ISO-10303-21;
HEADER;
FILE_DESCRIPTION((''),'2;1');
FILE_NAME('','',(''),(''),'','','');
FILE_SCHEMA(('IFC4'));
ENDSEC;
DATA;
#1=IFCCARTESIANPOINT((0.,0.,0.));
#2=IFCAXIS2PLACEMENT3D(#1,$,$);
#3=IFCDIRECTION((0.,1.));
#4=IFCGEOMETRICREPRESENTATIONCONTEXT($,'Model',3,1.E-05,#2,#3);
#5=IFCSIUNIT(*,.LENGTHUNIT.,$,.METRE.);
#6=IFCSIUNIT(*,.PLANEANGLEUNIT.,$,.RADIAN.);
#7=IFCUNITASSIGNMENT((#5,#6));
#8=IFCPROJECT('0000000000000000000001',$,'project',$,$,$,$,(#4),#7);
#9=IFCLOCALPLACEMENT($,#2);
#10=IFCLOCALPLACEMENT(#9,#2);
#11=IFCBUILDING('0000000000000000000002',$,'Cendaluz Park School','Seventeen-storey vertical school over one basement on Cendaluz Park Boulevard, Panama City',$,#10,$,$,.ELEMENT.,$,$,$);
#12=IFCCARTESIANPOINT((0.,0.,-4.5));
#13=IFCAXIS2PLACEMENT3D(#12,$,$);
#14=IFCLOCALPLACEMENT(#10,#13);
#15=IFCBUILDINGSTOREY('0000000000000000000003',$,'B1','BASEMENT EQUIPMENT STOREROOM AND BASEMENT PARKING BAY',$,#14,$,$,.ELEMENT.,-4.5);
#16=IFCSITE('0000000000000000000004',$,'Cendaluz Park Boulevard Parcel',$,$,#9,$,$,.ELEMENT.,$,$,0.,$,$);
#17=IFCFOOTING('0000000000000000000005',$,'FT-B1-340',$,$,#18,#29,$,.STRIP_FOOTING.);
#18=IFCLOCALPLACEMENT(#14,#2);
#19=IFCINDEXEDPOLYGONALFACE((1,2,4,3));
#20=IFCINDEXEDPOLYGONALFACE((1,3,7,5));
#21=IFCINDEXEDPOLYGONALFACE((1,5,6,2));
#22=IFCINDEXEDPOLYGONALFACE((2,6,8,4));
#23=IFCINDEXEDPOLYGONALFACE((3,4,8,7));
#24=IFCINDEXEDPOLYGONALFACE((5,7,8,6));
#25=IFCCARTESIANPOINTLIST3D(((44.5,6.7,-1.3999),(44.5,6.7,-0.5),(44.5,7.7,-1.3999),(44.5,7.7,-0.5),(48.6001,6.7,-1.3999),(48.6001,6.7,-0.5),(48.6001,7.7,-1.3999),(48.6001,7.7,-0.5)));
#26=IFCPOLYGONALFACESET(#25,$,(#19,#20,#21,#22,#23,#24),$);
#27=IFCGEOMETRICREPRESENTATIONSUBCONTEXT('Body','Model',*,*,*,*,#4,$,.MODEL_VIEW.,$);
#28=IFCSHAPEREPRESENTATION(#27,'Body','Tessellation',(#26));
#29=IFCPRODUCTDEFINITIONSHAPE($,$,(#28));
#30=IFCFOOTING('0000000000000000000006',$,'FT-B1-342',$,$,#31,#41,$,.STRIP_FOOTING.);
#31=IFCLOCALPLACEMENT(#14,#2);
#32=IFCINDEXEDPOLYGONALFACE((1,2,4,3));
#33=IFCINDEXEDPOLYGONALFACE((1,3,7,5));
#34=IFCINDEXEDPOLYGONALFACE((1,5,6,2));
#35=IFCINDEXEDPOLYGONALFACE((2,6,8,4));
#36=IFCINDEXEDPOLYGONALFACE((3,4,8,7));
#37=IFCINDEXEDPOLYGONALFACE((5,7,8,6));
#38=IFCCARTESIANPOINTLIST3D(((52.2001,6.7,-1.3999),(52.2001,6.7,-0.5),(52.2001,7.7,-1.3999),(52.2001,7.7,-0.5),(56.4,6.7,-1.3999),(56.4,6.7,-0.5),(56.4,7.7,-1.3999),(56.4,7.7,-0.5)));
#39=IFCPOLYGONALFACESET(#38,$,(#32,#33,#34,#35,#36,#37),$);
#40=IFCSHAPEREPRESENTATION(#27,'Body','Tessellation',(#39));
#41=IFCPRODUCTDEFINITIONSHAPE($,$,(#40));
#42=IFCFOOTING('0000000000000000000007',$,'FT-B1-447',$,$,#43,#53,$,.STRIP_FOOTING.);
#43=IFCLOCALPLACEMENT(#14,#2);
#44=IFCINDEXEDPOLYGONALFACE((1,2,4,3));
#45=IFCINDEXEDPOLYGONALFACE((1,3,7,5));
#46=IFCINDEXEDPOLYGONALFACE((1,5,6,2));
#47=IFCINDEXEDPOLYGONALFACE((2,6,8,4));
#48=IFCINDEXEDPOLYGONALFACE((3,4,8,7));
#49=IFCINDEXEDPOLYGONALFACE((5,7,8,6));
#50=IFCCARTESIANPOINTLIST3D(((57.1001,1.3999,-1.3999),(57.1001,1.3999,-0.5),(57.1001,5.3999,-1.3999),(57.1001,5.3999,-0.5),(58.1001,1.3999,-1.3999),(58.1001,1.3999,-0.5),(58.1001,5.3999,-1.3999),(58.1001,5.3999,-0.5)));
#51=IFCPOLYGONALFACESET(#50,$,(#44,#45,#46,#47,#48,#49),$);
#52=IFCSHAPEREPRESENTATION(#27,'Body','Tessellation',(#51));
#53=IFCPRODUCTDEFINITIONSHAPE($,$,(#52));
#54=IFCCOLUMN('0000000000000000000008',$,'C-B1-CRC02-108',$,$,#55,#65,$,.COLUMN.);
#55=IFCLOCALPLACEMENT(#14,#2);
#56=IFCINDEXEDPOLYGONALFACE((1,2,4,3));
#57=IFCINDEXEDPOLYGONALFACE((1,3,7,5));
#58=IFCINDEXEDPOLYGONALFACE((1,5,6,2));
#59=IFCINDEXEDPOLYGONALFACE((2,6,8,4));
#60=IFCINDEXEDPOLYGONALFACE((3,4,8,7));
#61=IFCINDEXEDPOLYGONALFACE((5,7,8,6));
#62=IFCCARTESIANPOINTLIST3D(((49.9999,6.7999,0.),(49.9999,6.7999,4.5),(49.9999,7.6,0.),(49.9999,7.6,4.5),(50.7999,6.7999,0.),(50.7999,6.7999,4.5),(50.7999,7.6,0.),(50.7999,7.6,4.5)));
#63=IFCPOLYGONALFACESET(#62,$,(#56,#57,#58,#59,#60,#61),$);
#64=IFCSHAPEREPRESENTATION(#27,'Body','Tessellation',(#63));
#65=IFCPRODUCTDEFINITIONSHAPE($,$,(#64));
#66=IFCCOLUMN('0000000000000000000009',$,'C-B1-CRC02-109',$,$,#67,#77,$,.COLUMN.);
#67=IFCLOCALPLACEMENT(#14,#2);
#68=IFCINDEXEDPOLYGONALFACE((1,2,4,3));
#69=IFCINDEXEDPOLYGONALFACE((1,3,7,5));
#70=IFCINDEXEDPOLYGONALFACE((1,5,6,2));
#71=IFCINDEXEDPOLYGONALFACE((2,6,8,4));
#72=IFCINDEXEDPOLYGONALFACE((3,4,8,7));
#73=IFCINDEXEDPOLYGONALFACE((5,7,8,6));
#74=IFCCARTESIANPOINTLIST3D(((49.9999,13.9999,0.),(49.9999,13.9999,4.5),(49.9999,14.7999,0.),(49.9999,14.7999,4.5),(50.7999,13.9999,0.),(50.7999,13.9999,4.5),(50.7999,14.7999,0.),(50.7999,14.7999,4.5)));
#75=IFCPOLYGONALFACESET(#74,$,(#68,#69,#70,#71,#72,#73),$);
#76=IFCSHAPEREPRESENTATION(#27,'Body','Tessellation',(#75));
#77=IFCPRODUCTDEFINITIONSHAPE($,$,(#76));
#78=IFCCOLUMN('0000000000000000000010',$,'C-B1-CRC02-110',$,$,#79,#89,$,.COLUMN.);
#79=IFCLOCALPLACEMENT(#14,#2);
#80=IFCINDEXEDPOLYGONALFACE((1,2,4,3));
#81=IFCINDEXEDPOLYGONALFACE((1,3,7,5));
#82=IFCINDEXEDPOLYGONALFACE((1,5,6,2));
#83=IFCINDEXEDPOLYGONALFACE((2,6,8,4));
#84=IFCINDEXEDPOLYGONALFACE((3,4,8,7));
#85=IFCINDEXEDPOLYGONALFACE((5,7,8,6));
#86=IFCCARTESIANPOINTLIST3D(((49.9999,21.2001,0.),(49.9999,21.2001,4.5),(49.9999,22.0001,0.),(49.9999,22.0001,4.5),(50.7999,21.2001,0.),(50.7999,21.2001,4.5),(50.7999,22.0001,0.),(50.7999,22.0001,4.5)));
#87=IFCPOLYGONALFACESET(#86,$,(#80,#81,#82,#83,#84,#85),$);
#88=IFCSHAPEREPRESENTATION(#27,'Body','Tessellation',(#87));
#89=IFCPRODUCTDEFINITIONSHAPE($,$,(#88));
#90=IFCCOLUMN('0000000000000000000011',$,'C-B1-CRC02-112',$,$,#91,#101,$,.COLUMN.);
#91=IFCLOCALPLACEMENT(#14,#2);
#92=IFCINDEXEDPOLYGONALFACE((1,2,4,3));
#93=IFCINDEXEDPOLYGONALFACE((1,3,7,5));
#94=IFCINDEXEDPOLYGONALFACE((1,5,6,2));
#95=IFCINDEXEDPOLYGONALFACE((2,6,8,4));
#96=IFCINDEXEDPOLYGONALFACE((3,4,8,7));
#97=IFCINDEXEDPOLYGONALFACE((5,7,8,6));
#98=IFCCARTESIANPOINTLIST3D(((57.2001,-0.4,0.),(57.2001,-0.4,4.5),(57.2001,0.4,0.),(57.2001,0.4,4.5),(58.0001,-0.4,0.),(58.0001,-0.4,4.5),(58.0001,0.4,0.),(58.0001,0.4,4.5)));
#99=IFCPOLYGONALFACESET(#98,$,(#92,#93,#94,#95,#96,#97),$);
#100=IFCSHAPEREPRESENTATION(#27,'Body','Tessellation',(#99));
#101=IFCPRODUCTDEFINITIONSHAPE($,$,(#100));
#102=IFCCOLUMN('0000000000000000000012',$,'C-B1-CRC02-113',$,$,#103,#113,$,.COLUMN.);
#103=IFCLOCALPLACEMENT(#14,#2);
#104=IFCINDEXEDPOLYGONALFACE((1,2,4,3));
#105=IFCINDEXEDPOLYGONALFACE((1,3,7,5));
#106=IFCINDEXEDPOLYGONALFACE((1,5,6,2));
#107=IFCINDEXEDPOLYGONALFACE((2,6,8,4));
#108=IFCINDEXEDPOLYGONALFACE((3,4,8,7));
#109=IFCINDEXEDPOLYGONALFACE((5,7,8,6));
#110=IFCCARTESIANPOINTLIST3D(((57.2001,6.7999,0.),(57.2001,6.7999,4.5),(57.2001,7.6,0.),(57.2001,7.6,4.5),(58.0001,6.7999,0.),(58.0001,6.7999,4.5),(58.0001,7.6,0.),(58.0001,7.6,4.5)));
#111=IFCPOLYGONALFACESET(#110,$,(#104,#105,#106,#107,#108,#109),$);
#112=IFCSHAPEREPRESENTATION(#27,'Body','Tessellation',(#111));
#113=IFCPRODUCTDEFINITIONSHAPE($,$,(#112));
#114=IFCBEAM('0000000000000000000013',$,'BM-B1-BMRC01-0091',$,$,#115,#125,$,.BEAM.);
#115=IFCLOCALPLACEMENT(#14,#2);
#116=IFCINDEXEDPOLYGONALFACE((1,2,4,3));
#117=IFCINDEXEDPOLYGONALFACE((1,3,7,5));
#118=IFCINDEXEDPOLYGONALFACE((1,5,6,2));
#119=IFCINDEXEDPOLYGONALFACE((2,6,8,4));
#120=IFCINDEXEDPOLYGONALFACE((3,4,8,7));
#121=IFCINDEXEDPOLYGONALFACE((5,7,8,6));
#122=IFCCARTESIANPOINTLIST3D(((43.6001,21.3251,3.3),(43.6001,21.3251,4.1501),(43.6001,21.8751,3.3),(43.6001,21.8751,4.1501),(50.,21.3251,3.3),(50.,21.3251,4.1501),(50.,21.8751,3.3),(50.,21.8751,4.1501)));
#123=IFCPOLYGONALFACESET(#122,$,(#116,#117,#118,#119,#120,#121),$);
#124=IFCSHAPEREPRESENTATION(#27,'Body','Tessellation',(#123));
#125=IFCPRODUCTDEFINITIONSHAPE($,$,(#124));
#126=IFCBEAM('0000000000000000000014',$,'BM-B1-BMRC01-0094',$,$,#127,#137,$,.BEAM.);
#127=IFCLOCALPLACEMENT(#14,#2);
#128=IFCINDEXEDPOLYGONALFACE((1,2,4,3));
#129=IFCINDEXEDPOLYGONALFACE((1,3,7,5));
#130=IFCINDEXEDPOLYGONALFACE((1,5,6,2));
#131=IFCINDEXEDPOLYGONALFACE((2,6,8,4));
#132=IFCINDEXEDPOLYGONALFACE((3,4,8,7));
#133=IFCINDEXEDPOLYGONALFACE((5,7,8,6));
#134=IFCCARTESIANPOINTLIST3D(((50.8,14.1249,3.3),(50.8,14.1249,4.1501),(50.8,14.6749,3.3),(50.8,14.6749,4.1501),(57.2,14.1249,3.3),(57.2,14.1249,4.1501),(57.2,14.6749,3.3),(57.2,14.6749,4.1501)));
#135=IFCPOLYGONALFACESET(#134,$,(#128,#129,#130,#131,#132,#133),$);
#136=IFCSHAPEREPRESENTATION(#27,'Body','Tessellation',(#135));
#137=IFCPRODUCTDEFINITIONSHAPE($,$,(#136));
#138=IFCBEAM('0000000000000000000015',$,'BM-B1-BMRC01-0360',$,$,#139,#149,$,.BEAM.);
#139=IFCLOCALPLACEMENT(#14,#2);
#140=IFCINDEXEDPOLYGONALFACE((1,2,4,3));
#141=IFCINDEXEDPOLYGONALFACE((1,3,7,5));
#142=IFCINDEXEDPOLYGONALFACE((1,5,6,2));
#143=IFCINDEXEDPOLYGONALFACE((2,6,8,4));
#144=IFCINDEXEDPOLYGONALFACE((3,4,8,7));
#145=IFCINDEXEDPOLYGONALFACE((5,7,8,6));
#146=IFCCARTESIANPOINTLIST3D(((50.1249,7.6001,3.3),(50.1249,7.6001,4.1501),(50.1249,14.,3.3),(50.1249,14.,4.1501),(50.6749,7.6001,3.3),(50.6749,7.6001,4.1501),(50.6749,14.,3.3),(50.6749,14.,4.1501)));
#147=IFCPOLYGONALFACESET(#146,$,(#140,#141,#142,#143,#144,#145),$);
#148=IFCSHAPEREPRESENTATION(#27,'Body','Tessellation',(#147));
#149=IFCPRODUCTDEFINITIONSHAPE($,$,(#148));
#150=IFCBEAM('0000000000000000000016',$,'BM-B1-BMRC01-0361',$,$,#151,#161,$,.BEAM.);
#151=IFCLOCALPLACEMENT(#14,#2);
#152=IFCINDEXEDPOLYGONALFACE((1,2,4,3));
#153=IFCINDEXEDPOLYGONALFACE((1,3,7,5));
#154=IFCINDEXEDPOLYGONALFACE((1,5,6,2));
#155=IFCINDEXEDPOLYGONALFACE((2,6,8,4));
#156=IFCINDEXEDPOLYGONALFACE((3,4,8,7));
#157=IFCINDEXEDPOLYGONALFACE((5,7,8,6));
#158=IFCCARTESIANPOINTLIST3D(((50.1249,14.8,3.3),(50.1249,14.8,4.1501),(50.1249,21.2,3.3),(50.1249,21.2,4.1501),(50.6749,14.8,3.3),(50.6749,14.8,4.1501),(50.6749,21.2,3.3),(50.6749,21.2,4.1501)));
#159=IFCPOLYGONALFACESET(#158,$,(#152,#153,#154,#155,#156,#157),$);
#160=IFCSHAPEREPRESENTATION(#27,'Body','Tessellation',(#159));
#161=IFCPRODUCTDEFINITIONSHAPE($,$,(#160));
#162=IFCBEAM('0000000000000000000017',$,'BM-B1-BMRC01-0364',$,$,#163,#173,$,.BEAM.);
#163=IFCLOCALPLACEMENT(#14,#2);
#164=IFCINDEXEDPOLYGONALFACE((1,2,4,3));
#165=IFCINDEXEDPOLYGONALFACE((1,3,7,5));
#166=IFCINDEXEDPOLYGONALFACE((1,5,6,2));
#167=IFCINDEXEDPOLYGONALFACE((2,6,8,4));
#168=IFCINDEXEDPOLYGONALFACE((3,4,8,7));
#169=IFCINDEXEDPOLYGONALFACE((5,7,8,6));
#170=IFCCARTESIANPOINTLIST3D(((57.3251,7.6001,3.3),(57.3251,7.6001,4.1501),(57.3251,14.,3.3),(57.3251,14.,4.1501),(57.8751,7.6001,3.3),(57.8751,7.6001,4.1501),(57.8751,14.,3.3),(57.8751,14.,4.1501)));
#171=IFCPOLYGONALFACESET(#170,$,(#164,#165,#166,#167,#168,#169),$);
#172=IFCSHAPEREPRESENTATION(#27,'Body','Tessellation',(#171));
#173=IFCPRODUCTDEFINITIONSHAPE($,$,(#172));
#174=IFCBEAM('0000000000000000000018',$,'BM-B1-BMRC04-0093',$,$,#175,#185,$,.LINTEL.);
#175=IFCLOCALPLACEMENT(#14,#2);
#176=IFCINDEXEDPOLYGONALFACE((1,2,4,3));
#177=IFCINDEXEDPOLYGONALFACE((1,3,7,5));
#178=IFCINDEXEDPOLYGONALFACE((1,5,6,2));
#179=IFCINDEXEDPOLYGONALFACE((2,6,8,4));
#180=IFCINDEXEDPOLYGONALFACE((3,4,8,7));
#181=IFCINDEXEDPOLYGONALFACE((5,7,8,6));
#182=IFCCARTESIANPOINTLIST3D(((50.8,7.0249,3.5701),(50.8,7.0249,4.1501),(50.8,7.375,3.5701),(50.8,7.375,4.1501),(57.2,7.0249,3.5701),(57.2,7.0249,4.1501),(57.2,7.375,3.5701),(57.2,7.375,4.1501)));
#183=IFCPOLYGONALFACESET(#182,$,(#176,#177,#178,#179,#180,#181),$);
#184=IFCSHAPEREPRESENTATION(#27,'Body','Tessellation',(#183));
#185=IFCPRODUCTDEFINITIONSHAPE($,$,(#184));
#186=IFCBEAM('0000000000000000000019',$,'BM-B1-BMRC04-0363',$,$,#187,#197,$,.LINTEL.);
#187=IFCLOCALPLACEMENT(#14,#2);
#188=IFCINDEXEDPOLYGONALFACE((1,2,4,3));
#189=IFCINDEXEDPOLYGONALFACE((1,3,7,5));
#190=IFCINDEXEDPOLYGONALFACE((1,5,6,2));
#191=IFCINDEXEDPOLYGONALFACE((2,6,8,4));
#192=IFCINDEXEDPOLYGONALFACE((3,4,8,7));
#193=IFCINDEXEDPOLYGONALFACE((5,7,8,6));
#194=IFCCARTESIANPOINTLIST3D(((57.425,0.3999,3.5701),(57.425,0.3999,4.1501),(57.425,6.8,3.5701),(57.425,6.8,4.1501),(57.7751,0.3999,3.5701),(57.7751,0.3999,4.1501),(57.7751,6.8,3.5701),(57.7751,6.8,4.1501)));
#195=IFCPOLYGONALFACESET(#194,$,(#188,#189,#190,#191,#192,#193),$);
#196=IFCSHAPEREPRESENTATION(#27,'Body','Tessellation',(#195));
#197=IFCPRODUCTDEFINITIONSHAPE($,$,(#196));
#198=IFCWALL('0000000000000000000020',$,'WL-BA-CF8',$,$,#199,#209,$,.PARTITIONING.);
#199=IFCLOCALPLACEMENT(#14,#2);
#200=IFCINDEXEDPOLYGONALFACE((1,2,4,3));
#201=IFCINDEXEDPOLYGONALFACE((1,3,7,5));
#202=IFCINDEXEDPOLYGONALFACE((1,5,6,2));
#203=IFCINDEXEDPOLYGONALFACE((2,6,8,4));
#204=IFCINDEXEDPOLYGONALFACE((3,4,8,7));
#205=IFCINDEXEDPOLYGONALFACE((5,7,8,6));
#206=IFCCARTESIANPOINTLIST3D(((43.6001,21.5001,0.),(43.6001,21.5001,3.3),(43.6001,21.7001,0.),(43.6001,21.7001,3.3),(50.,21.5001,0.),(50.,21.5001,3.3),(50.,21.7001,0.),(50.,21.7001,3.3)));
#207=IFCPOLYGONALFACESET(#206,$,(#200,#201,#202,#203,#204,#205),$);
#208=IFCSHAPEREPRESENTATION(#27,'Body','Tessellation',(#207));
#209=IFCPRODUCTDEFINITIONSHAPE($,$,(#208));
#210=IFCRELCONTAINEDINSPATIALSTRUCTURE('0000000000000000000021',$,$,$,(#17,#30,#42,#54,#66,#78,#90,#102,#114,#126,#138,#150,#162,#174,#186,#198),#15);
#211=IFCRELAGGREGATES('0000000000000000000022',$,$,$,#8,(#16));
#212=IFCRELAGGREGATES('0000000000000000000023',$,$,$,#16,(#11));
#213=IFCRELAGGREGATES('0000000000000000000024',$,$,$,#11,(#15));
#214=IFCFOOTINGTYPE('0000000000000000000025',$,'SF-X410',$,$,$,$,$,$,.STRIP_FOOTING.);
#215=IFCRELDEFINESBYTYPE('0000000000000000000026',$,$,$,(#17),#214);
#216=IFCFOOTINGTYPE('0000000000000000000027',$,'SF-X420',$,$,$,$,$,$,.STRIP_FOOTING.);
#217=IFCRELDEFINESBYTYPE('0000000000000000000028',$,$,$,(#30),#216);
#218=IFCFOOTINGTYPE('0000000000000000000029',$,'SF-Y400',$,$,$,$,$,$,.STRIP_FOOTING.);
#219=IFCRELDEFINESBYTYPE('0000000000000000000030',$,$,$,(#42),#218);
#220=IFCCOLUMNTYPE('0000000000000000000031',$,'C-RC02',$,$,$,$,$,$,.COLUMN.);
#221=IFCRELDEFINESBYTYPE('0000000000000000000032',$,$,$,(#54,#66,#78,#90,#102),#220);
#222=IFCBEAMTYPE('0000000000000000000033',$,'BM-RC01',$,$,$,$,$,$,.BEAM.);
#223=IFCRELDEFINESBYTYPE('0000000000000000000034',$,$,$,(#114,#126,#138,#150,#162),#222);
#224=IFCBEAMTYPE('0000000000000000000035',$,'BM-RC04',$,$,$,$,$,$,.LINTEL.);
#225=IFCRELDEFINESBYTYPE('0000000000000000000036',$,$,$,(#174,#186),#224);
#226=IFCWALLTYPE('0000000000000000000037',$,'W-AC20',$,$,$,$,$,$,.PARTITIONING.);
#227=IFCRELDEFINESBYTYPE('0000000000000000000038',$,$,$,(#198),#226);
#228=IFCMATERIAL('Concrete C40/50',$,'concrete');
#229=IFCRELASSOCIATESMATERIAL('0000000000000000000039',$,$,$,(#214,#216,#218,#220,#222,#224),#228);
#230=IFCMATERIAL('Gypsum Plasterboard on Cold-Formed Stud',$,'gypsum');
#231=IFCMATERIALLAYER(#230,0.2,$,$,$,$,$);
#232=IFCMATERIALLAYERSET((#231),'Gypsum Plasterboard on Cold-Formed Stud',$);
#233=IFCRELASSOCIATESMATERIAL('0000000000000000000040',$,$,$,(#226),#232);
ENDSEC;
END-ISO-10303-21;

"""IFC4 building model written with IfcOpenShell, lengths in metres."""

from ifc_helpers import new_model, si_unit, direction, frame, frame_2d, origin, origin_2d, place, context, subcontext, project, spatial, rectangle, extrude, material, layer, layer_set, material_profile, profile_set, type_object, element, save


model = new_model("IFC4")

# Units and contexts
model_context = context("Model", 3, precision=1e-05, world=origin(), true_north=direction((0.0, 1.0)))
body_context = subcontext(model_context, "Body", "Model", "MODEL_VIEW")
ifc_project = project(units=[si_unit("LENGTHUNIT", "METRE"), si_unit("PLANEANGLEUNIT", "RADIAN")], contexts=[model_context])

# Site, building, storey
site_placement = place(None, origin())
site = spatial("IfcSite", under=ifc_project, at=site_placement, Name="Cendaluz Park Boulevard Parcel", CompositionType="ELEMENT", RefElevation=0.0)
building_placement = place(site_placement, origin())
building = spatial("IfcBuilding", under=site, at=building_placement, Name="Cendaluz Park School", Description="Seventeen-storey vertical school over one basement on Cendaluz Park Boulevard, Panama City", CompositionType="ELEMENT")
storey_placement = place(building_placement, frame((0.0, 0.0, -4.5)))
storey = spatial("IfcBuildingStorey", under=building, at=storey_placement, Name="B1", Description="BASEMENT EQUIPMENT STOREROOM AND BASEMENT PARKING BAY", CompositionType="ELEMENT", Elevation=-4.5)

# Shared definitions
ifc_material_1 = material(Name="Concrete C40/50", Category="concrete")

# Footings
footing_type_1 = type_object("IfcFootingType", Name="SF-X410", PredefinedType="STRIP_FOOTING", material=ifc_material_1)
footing_1_placement = place(storey_placement, frame((46.55, 7.2, -1.3999), z_axis=(0.0, 0.0, 1.0), x_axis=(1.0, 0.0, 0.0)))
element("IfcFooting", 1, at=footing_1_placement, inside=storey, type_object=footing_type_1, Name="FT-B1-340", PredefinedType="STRIP_FOOTING", context=body_context, shape_type="SweptSolid", body=[
    extrude(rectangle(XDim=4.1001, YDim=1.0, at=origin_2d()), origin(), (0.0, 0.0, 1.0), 0.8999),
])
footing_type_2 = type_object("IfcFootingType", Name="SF-X420", PredefinedType="STRIP_FOOTING", material=ifc_material_1)
footing_2_placement = place(storey_placement, frame((54.3, 7.2, -1.3999), z_axis=(0.0, 0.0, 1.0), x_axis=(1.0, 0.0, 0.0)))
element("IfcFooting", 2, at=footing_2_placement, inside=storey, type_object=footing_type_2, Name="FT-B1-342", PredefinedType="STRIP_FOOTING", context=body_context, shape_type="SweptSolid", body=[
    extrude(rectangle(XDim=4.2, YDim=1.0, at=origin_2d()), origin(), (0.0, 0.0, 1.0), 0.8999),
])
footing_type_3 = type_object("IfcFootingType", Name="SF-Y400", PredefinedType="STRIP_FOOTING", material=ifc_material_1)
footing_3_placement = place(storey_placement, frame((57.6001, 3.3999, -1.3999), z_axis=(0.0, 0.0, 1.0), x_axis=(1.0, 0.0, 0.0)))
element("IfcFooting", 3, at=footing_3_placement, inside=storey, type_object=footing_type_3, Name="FT-B1-447", PredefinedType="STRIP_FOOTING", context=body_context, shape_type="SweptSolid", body=[
    extrude(rectangle(XDim=1.0, YDim=4.0, at=origin_2d()), origin(), (0.0, 0.0, 1.0), 0.8999),
])

# Columns
ifc_material_profile_1 = material_profile(ifc_material_1, rectangle(XDim=0.8, YDim=0.8, at=origin_2d()), Name="RC 800x800", Category="concrete")
ifc_profile_set_1 = profile_set([ifc_material_profile_1], Name="Concrete C40/50")
column_type = type_object("IfcColumnType", Name="C-RC02", PredefinedType="COLUMN", material=ifc_profile_set_1)
for number, where, z_axis, x_axis, name in (
    (4, (50.3999, 7.2, 0.0), (0.0, 0.0, 1.0), (1.0, 0.0, 0.0), "C-B1-CRC02-108"),
    (5, (50.3999, 14.3999, 0.0), (0.0, 0.0, 1.0), (1.0, 0.0, 0.0), "C-B1-CRC02-109"),
    (6, (50.3999, 21.6001, 0.0), (0.0, 0.0, 1.0), (1.0, 0.0, 0.0), "C-B1-CRC02-110"),
    (7, (57.6001, 0.0, 0.0), (0.0, 0.0, 1.0), (1.0, 0.0, 0.0), "C-B1-CRC02-112"),
    (8, (57.6001, 7.2, 0.0), (0.0, 0.0, 1.0), (1.0, 0.0, 0.0), "C-B1-CRC02-113"),
):
    element("IfcColumn", number, at=place(storey_placement, frame(where, z_axis=z_axis, x_axis=x_axis)), inside=storey, type_object=column_type, Name=name, PredefinedType="COLUMN", context=body_context, shape_type="SweptSolid", body=[
        extrude(rectangle(XDim=0.8, YDim=0.8, at=origin_2d()), origin(), (0.0, 0.0, 1.0), 4.5),
    ])

# Beams
ifc_material_profile_2 = material_profile(ifc_material_1, rectangle(XDim=0.55, YDim=0.8501, at=origin_2d()), Name="RC 550x850", Category="concrete")
ifc_profile_set_2 = profile_set([ifc_material_profile_2], Name="Concrete C40/50")
beam_type_1 = type_object("IfcBeamType", Name="BM-RC01", PredefinedType="BEAM", material=ifc_profile_set_2)
for number, where, z_axis, x_axis, name in (
    (9, (43.6001, 21.6001, 3.7251), (1.0, 0.0, 0.0), (0.0, 1.0, 0.0), "BM-B1-BMRC01-0091"),
    (10, (50.8, 14.3999, 3.7251), (1.0, 0.0, 0.0), (0.0, 1.0, 0.0), "BM-B1-BMRC01-0094"),
    (11, (50.3999, 7.6001, 3.7251), (0.0, 1.0, 0.0), (-1.0, 0.0, 0.0), "BM-B1-BMRC01-0360"),
    (12, (50.3999, 14.8, 3.7251), (0.0, 1.0, 0.0), (-1.0, 0.0, 0.0), "BM-B1-BMRC01-0361"),
    (13, (57.6001, 7.6001, 3.7251), (0.0, 1.0, 0.0), (-1.0, 0.0, 0.0), "BM-B1-BMRC01-0364"),
):
    element("IfcBeam", number, at=place(storey_placement, frame(where, z_axis=z_axis, x_axis=x_axis)), inside=storey, type_object=beam_type_1, Name=name, PredefinedType="BEAM", context=body_context, shape_type="SweptSolid", body=[
        extrude(rectangle(XDim=0.55, YDim=0.8501, at=origin_2d()), origin(), (0.0, 0.0, 1.0), 6.3999),
    ])
ifc_material_profile_3 = material_profile(ifc_material_1, rectangle(XDim=0.3501, YDim=0.5801, at=origin_2d()), Name="RC 350x580", Category="concrete")
ifc_profile_set_3 = profile_set([ifc_material_profile_3], Name="Concrete C40/50")
beam_type_2 = type_object("IfcBeamType", Name="BM-RC04", PredefinedType="LINTEL", material=ifc_profile_set_3)
beam_1_placement = place(storey_placement, frame((50.8, 7.2, 3.8601), z_axis=(1.0, 0.0, 0.0), x_axis=(0.0, 1.0, 0.0)))
element("IfcBeam", 14, at=beam_1_placement, inside=storey, type_object=beam_type_2, Name="BM-B1-BMRC04-0093", PredefinedType="LINTEL", context=body_context, shape_type="SweptSolid", body=[
    extrude(rectangle(XDim=0.3501, YDim=0.5801, at=origin_2d()), origin(), (0.0, 0.0, 1.0), 6.3999),
])
beam_2_placement = place(storey_placement, frame((57.6001, 0.3999, 3.8601), z_axis=(0.0, 1.0, 0.0), x_axis=(-1.0, 0.0, 0.0)))
element("IfcBeam", 15, at=beam_2_placement, inside=storey, type_object=beam_type_2, Name="BM-B1-BMRC04-0363", PredefinedType="LINTEL", context=body_context, shape_type="SweptSolid", body=[
    extrude(rectangle(XDim=0.3501, YDim=0.5801, at=origin_2d()), origin(), (0.0, 0.0, 1.0), 6.4001),
])

# Wall
ifc_material_2 = material(Name="Gypsum Plasterboard on Cold-Formed Stud", Category="gypsum")
ifc_layer_1 = layer(ifc_material_2, 0.2)
ifc_layer_set_1 = layer_set([ifc_layer_1], Name="Gypsum Plasterboard on Cold-Formed Stud")
wall_type_1 = type_object("IfcWallType", Name="W-AC20", PredefinedType="PARTITIONING", material=ifc_layer_set_1)
for number, where, z_axis, x_axis, name in (
    (16, (43.6001, 21.6001, 0.0), (0.0, 0.0, 1.0), (1.0, 0.0, 0.0), "WL-BA-CF8"),
):
    element("IfcWall", number, at=place(storey_placement, frame(where, z_axis=z_axis, x_axis=x_axis)), inside=storey, type_object=wall_type_1, Name=name, PredefinedType="PARTITIONING", context=body_context, shape_type="SweptSolid", body=[
        extrude(rectangle(XDim=6.3999, YDim=0.2, at=frame_2d((3.2, 0.0))), origin(), (0.0, 0.0, 1.0), 3.3),
    ])

save(model, "model.ifc")
